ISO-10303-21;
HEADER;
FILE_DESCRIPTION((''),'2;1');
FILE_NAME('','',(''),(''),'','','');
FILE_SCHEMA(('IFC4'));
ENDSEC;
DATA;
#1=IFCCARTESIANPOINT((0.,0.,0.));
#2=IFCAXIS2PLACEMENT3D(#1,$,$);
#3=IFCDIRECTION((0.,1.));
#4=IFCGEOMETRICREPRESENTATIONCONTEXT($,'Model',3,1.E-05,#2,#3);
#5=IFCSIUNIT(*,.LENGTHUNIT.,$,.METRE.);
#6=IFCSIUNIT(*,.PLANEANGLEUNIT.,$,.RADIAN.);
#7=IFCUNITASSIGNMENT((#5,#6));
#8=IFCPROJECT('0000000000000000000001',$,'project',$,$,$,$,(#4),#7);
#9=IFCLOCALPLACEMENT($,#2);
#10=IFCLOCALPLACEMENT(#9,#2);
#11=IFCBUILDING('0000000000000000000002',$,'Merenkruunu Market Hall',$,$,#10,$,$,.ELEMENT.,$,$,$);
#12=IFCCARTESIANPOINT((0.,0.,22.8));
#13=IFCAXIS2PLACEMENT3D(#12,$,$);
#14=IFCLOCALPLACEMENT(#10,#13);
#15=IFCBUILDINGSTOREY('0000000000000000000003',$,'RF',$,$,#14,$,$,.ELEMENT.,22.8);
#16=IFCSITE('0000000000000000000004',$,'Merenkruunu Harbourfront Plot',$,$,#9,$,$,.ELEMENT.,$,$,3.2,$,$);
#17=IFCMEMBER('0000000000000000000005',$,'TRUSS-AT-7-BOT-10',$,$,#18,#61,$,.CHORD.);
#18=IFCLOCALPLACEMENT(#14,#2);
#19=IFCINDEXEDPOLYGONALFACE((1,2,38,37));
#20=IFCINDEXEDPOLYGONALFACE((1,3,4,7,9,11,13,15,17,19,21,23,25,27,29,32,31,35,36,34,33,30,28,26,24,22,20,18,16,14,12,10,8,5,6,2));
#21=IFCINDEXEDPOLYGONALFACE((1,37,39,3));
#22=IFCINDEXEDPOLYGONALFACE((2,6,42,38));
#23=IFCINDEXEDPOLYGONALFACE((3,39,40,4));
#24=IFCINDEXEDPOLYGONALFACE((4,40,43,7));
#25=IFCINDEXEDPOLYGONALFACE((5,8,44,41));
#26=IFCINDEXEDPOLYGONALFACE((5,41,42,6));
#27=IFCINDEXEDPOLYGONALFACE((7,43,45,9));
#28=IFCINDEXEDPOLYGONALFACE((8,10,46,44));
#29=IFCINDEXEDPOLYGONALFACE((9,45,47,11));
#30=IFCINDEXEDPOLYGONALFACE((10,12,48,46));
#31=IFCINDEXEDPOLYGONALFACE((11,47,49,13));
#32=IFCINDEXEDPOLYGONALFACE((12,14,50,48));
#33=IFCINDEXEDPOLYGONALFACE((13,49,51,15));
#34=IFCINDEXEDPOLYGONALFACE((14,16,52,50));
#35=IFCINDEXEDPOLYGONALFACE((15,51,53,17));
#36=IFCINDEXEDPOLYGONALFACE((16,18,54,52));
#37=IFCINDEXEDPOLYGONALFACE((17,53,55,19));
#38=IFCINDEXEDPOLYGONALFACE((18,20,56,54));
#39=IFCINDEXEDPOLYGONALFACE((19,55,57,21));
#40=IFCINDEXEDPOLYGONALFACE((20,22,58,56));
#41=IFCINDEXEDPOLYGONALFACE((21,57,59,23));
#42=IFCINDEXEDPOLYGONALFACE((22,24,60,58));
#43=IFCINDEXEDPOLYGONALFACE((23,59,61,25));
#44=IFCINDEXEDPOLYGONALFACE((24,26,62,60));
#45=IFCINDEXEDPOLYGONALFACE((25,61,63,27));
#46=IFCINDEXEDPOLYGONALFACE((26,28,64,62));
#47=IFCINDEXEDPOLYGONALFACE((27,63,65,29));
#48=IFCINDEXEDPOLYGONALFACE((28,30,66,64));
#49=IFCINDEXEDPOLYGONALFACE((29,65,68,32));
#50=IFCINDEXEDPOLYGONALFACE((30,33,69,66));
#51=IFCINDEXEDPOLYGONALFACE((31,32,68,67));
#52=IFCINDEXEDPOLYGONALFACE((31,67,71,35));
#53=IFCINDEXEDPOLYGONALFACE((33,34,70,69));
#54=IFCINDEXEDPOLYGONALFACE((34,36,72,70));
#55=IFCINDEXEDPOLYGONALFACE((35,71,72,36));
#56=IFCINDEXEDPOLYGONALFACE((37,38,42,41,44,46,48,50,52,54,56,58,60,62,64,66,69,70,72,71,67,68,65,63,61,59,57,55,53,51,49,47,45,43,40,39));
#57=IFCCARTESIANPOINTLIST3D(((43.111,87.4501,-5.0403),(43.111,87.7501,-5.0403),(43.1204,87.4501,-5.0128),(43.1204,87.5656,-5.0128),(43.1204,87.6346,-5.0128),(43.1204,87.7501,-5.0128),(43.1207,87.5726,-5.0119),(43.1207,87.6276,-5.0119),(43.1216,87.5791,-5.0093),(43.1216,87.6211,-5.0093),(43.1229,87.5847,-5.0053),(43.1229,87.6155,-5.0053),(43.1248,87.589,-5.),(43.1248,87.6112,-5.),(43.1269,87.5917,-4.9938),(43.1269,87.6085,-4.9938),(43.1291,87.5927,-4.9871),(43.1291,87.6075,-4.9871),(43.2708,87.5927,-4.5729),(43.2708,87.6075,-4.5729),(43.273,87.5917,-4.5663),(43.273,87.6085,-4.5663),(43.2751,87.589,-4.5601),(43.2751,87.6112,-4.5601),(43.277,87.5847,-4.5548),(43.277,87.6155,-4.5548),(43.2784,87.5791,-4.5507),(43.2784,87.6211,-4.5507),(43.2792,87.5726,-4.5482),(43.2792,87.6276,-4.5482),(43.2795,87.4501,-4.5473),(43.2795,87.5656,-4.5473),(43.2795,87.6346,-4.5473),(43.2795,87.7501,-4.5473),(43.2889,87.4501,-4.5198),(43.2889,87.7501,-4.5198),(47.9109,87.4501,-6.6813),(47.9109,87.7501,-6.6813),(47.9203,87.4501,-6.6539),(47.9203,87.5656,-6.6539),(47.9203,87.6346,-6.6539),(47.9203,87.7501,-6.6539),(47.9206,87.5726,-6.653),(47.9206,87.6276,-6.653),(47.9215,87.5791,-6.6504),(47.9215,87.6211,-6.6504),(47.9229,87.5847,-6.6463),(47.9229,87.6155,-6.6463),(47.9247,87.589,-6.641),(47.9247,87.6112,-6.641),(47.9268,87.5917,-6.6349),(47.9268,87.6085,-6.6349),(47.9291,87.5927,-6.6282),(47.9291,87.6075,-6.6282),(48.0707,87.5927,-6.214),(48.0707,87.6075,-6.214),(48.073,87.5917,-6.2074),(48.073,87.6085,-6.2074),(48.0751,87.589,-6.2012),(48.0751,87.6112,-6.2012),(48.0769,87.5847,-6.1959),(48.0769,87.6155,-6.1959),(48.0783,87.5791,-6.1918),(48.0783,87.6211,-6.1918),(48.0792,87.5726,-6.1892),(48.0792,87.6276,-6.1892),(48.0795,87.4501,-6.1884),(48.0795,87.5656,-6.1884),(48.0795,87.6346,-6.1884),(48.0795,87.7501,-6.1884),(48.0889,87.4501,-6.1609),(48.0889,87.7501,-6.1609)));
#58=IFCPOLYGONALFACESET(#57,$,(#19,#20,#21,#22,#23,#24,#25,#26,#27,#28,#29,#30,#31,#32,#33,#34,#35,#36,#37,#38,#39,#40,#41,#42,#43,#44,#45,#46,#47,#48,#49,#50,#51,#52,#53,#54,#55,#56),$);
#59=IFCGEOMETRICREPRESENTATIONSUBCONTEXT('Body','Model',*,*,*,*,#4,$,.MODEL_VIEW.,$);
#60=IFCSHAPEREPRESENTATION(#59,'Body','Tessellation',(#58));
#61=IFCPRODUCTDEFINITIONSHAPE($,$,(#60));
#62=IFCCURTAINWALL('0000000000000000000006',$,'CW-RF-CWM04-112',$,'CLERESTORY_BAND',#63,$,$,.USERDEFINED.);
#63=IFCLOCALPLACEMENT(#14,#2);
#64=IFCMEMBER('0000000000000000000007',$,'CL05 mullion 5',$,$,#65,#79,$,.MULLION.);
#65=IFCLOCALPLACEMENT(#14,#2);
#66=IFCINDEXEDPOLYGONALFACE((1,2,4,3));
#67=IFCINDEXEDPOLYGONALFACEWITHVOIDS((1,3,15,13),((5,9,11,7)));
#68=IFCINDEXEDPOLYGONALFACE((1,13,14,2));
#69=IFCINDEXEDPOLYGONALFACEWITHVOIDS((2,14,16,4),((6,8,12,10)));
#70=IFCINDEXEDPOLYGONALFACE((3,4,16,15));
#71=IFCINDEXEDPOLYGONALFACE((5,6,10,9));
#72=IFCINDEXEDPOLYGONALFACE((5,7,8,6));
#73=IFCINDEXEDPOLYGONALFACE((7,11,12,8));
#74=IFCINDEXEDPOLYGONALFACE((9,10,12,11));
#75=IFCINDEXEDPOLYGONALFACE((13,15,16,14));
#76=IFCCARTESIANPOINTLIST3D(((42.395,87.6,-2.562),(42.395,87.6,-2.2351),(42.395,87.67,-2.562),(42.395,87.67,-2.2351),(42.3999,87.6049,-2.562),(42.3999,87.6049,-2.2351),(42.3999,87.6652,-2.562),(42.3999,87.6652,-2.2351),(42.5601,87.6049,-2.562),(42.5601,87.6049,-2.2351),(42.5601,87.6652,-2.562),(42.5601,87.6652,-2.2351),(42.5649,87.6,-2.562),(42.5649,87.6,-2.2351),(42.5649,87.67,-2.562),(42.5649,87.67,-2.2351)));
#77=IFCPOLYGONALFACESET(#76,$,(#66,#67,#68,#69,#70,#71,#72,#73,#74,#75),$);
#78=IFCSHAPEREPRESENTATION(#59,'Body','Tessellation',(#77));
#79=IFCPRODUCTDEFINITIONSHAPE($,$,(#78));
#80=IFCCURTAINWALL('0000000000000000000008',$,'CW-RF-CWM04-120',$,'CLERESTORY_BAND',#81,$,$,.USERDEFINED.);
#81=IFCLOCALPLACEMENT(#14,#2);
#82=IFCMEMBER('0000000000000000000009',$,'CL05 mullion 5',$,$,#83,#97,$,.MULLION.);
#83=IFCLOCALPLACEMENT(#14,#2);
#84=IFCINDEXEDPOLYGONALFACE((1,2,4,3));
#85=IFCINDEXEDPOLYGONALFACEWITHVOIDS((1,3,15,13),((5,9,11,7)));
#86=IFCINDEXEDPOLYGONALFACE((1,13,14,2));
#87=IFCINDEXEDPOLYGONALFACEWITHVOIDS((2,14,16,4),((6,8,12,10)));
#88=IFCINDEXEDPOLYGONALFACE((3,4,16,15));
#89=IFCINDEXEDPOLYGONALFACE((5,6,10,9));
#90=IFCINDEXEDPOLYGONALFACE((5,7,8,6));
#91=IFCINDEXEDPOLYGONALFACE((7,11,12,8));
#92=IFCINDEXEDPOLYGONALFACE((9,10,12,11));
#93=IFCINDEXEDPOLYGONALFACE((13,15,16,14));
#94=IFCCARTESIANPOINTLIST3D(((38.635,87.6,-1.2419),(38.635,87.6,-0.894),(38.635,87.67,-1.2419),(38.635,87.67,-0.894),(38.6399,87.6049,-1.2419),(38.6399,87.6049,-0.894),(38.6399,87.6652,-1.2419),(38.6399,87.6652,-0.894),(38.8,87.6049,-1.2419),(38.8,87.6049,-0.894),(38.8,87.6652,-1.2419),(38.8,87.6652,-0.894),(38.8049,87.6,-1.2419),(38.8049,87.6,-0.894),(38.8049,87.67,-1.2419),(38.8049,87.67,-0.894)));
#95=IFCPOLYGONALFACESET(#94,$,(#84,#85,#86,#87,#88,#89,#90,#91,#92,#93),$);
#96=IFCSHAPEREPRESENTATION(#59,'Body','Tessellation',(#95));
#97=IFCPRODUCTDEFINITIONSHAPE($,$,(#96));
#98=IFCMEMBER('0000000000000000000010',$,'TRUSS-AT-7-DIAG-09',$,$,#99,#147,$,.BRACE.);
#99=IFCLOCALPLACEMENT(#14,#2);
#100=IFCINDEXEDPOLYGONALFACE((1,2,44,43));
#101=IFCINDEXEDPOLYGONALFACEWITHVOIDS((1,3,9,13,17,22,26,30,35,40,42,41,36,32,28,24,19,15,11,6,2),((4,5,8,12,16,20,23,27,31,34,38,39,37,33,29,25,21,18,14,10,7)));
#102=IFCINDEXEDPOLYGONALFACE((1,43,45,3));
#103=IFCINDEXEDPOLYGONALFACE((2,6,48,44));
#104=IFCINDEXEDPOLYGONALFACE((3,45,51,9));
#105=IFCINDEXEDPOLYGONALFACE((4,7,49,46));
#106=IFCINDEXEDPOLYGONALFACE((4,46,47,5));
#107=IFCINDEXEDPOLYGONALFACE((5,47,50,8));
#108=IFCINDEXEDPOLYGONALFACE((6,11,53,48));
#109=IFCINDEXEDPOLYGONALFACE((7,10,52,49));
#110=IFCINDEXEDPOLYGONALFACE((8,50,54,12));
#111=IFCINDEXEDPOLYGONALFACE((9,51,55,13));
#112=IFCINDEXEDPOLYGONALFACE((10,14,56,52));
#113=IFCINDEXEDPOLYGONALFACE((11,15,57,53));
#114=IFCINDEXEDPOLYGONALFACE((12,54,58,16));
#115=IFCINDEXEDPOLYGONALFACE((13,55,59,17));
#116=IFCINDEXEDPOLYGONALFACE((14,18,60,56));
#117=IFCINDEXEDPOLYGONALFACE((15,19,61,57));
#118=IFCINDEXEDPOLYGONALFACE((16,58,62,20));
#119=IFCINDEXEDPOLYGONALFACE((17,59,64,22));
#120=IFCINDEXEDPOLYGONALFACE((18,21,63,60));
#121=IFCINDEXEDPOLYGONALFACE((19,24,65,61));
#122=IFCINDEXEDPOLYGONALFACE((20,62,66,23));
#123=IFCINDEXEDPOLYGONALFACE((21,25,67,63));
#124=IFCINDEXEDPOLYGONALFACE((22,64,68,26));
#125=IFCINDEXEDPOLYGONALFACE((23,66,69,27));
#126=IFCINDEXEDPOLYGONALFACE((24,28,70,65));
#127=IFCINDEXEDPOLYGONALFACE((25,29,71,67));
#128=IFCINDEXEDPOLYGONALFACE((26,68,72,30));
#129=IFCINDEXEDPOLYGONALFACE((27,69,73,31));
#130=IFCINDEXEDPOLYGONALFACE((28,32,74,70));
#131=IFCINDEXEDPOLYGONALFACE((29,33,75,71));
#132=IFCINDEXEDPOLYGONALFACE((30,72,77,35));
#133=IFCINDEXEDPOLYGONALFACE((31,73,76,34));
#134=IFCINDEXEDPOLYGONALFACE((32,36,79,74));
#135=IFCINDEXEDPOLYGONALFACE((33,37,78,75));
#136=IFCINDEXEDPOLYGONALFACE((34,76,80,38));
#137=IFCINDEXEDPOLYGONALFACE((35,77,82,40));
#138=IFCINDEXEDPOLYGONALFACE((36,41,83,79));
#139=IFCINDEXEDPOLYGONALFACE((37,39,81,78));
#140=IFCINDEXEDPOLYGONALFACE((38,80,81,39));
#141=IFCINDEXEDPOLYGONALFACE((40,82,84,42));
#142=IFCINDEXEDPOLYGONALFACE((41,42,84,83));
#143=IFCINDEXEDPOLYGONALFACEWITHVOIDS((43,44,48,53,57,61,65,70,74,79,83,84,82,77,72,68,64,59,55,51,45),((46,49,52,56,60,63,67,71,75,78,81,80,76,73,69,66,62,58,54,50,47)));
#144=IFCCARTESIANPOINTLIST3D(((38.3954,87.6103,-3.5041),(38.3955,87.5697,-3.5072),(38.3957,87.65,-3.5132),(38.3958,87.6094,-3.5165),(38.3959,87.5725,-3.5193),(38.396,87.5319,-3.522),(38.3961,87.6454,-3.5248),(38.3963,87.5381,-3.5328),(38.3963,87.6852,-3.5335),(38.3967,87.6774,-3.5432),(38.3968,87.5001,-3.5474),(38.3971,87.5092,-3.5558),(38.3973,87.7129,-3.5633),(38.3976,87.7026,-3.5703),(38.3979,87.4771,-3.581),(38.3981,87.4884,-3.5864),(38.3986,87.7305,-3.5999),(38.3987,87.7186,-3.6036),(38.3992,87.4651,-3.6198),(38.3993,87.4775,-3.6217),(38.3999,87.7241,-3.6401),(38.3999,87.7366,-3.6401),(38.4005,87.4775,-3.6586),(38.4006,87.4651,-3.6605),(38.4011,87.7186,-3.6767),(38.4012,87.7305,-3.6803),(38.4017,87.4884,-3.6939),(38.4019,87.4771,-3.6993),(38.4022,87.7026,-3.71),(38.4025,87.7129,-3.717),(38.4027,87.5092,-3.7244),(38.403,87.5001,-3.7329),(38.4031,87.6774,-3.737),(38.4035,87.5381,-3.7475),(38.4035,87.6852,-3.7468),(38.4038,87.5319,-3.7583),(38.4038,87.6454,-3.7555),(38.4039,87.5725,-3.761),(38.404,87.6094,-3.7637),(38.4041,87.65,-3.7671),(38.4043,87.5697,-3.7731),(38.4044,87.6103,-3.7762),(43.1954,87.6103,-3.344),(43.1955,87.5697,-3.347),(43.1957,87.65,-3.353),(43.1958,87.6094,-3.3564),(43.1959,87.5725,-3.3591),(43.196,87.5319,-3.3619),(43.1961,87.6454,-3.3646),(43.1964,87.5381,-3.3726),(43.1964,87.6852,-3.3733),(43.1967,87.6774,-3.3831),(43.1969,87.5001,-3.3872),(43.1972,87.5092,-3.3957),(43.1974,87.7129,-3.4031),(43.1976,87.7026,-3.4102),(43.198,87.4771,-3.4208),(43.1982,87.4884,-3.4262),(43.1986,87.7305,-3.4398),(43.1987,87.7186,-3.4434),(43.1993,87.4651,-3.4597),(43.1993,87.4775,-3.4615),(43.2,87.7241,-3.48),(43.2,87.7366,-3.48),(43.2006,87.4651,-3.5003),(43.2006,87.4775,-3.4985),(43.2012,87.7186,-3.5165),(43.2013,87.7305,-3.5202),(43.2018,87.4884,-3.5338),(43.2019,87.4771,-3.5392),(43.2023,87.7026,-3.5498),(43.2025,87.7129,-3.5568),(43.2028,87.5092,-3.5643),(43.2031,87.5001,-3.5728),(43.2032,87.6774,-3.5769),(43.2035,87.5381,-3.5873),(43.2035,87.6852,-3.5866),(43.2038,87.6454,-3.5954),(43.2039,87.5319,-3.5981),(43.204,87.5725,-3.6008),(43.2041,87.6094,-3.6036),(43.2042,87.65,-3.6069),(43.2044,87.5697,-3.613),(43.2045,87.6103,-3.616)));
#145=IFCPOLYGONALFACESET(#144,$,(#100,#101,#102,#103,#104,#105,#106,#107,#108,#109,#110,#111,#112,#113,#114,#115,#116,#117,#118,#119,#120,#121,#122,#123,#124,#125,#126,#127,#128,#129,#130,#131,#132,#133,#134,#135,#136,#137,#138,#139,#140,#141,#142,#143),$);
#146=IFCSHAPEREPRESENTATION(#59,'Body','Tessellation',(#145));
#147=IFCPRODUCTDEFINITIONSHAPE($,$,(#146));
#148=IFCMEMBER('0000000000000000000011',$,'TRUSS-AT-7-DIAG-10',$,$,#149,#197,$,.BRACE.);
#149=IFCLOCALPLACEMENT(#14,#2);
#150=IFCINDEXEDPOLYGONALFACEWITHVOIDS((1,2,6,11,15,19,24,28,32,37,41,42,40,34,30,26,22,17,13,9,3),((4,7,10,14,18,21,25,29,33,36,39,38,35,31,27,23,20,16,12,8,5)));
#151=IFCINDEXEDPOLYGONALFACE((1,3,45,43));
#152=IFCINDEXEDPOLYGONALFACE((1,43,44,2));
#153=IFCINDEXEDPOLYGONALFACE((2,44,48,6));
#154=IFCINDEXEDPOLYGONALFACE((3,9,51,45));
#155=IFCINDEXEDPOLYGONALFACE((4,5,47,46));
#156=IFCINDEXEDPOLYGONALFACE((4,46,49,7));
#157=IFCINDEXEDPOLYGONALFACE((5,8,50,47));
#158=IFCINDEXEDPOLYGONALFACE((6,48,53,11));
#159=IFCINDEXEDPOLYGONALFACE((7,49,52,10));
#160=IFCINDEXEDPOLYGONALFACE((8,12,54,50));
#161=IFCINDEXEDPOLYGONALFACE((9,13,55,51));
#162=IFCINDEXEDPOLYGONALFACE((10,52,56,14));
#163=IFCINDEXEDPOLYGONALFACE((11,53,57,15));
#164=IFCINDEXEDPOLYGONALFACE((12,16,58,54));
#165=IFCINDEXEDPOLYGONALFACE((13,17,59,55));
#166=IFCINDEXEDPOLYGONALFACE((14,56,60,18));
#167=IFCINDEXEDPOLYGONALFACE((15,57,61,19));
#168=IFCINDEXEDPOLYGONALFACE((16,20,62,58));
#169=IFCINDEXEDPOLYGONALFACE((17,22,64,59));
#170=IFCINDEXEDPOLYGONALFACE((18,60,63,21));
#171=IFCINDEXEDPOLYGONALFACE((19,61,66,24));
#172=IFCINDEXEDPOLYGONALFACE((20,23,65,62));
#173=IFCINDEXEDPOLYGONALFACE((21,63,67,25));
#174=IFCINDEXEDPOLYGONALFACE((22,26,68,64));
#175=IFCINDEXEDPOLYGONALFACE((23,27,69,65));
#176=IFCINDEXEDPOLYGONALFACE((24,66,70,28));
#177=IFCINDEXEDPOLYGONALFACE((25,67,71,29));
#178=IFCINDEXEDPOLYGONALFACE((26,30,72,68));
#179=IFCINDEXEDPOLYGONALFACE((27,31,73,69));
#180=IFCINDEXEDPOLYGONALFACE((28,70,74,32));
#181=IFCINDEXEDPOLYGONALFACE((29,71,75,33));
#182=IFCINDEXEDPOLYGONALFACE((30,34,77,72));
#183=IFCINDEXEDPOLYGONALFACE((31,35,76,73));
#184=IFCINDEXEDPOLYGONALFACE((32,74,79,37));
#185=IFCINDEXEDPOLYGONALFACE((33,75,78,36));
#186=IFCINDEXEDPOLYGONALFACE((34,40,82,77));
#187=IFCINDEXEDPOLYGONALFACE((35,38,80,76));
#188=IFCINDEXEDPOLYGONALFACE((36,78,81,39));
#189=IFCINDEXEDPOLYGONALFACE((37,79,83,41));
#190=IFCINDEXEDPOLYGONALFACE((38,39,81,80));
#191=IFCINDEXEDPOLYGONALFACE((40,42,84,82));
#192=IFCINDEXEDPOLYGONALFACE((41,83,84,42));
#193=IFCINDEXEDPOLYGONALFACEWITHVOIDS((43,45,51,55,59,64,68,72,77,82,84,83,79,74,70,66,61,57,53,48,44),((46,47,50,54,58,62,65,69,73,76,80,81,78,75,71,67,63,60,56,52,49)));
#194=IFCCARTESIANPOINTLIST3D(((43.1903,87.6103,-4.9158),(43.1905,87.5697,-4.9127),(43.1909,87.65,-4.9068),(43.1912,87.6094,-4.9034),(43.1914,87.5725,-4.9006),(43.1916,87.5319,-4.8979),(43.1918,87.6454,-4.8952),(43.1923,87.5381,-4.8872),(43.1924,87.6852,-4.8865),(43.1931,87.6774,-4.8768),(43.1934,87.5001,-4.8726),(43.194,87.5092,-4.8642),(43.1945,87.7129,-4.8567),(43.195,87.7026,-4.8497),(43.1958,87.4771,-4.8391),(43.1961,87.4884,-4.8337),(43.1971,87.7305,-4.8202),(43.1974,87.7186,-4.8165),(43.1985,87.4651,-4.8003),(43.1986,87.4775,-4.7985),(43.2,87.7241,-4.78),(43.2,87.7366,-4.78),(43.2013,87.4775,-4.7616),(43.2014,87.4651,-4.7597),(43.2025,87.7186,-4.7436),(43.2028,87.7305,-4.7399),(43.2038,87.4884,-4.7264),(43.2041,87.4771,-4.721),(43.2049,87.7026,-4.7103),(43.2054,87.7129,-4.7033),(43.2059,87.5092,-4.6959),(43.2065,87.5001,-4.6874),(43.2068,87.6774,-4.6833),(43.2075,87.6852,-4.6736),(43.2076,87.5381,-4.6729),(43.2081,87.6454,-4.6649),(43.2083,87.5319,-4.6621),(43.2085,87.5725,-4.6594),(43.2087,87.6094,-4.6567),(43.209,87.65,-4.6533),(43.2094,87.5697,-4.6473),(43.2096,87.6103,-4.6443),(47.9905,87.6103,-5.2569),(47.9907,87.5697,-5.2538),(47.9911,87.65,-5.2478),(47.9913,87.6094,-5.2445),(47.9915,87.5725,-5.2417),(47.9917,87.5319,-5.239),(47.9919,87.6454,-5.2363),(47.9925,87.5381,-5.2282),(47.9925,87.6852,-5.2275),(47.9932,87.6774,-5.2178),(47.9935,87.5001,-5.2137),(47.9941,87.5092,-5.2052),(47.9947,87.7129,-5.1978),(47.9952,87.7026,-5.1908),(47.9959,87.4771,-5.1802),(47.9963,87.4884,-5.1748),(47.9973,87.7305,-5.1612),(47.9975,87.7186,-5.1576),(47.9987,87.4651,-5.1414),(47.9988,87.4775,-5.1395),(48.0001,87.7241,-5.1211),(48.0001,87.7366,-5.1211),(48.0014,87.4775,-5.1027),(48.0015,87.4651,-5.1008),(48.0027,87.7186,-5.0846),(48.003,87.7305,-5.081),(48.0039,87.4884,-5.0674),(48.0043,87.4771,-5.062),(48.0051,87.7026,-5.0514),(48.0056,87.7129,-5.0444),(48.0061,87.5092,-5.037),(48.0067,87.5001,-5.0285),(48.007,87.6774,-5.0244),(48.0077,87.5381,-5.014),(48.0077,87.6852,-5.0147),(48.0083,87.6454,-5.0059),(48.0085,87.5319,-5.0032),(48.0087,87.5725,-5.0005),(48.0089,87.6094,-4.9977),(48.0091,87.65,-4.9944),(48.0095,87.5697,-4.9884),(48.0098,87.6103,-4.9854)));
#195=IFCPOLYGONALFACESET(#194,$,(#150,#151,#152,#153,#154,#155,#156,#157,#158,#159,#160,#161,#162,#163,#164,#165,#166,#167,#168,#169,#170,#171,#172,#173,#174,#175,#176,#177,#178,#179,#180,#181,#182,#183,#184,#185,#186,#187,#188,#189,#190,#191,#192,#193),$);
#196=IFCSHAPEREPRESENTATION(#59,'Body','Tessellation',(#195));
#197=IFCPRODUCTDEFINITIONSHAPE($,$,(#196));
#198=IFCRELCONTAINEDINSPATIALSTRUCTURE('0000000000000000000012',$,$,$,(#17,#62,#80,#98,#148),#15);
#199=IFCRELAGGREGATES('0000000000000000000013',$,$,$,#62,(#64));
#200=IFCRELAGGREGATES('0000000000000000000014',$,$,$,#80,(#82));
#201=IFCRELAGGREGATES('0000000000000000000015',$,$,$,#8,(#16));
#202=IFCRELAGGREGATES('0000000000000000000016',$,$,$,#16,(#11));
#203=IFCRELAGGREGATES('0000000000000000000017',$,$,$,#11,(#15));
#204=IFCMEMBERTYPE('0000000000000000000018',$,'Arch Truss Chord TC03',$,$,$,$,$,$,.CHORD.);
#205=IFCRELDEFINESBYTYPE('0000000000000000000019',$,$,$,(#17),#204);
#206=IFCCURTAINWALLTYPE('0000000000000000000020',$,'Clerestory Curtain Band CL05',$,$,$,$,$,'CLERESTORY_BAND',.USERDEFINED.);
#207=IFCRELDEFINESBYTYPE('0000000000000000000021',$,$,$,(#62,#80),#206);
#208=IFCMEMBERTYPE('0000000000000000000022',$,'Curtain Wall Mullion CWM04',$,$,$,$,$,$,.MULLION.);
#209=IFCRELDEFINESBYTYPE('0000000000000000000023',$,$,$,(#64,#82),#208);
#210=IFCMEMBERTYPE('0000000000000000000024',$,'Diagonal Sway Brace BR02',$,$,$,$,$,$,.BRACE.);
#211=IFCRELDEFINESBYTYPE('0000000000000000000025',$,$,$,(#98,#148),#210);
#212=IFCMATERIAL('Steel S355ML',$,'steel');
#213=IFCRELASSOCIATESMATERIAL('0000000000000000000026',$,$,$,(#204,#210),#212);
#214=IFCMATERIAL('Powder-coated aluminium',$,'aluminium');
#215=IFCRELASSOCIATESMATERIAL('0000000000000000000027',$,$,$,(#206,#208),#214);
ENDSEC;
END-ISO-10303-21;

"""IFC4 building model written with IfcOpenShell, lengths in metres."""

from ifc_helpers import new_model, si_unit, direction, frame, origin, origin_2d, place, context, subcontext, project, spatial, hollow_rectangle, hollow_circle, i_section, extrude, material, material_profile, profile_set, type_object, element, aggregate, save


model = new_model("IFC4")

# Units and contexts
model_context = context("Model", 3, precision=1e-05, world=origin(), true_north=direction((0.0, 1.0)))
body_context = subcontext(model_context, "Body", "Model", "MODEL_VIEW")
ifc_project = project(units=[si_unit("LENGTHUNIT", "METRE"), si_unit("PLANEANGLEUNIT", "RADIAN")], contexts=[model_context])

# Site, building, storey
site_placement = place(None, origin())
site = spatial("IfcSite", under=ifc_project, at=site_placement, Name="Merenkruunu Harbourfront Plot", CompositionType="ELEMENT", RefElevation=3.2)
building_placement = place(site_placement, origin())
building = spatial("IfcBuilding", under=site, at=building_placement, Name="Merenkruunu Market Hall", CompositionType="ELEMENT")
storey_placement = place(building_placement, frame((0.0, 0.0, 22.8)))
storey = spatial("IfcBuildingStorey", under=building, at=storey_placement, Name="RF", CompositionType="ELEMENT", Elevation=22.8)

# Member
ifc_material_1 = material(Name="Steel S355ML", Category="steel")
ifc_material_profile_1 = material_profile(ifc_material_1, i_section(OverallWidth=0.3, OverallDepth=0.55, WebThickness=0.0149, FlangeThickness=0.0291, FilletRadius=0.0271, at=origin_2d()), Name="HEB 550")
ifc_profile_set_1 = profile_set([ifc_material_profile_1], Name="Steel S355ML")
member_type_1 = type_object("IfcMemberType", Name="Arch Truss Chord TC03", PredefinedType="CHORD", material=ifc_profile_set_1)
member_1_placement = place(storey_placement, frame((43.2, 87.6001, -4.78), z_axis=(0.946225, 0.0, -0.32351), x_axis=(0.0, 1.0, 0.0)))
element("IfcMember", 1, at=member_1_placement, inside=storey, type_object=member_type_1, Name="TRUSS-AT-7-BOT-10", PredefinedType="CHORD", context=body_context, shape_type="SweptSolid", body=[
    extrude(i_section(OverallWidth=0.3, OverallDepth=0.55, WebThickness=0.0149, FlangeThickness=0.0291, FilletRadius=0.0271, at=origin_2d()), origin(), (0.0, 0.0, 1.0), 5.0728),
])

# Curtain walls, members
ifc_material_2 = material(Name="Powder-coated aluminium", Category="aluminium")
curtain_wall_type = type_object("IfcCurtainWallType", Name="Clerestory Curtain Band CL05", ElementType="CLERESTORY_BAND", PredefinedType="USERDEFINED", material=ifc_material_2)
curtain_wall_1_placement = place(storey_placement, origin())
curtain_wall_1 = element("IfcCurtainWall", 2, at=curtain_wall_1_placement, inside=storey, type_object=curtain_wall_type, Name="CW-RF-CWM04-112", ObjectType="CLERESTORY_BAND", PredefinedType="USERDEFINED")
ifc_material_profile_2 = material_profile(ifc_material_2, hollow_rectangle(XDim=0.0701, YDim=0.1699, WallThickness=0.0049, at=origin_2d()), Name="ALU 70x170x5")
ifc_profile_set_2 = profile_set([ifc_material_profile_2], Name="Powder-coated aluminium")
member_type_2 = type_object("IfcMemberType", Name="Curtain Wall Mullion CWM04", PredefinedType="MULLION", material=ifc_profile_set_2)
member_2_placement = place(storey_placement, frame((42.48, 87.635, -2.562), z_axis=(0.0, 0.0, 1.0), x_axis=(0.0, -1.0, 0.0)))
member_2 = element("IfcMember", 3, at=member_2_placement, type_object=member_type_2, Name="CL05 mullion 5", PredefinedType="MULLION", context=body_context, shape_type="SweptSolid", body=[
    extrude(hollow_rectangle(XDim=0.0701, YDim=0.1699, WallThickness=0.0049, at=origin_2d()), origin(), (0.0, 0.0, 1.0), 0.3269),
])
curtain_wall_2_placement = place(storey_placement, origin())
curtain_wall_2 = element("IfcCurtainWall", 4, at=curtain_wall_2_placement, inside=storey, type_object=curtain_wall_type, Name="CW-RF-CWM04-120", ObjectType="CLERESTORY_BAND", PredefinedType="USERDEFINED")
member_3_placement = place(storey_placement, frame((38.72, 87.635, -1.2419), z_axis=(0.0, 0.0, 1.0), x_axis=(0.0, -1.0, 0.0)))
member_3 = element("IfcMember", 5, at=member_3_placement, type_object=member_type_2, Name="CL05 mullion 5", PredefinedType="MULLION", context=body_context, shape_type="SweptSolid", body=[
    extrude(hollow_rectangle(XDim=0.0701, YDim=0.1699, WallThickness=0.0049, at=origin_2d()), origin(), (0.0, 0.0, 1.0), 0.3479),
])

# Members
ifc_material_profile_3 = material_profile(ifc_material_1, hollow_circle(Radius=0.1365, WallThickness=0.0125, at=origin_2d()), Name="CHS 273x12.5")
ifc_profile_set_3 = profile_set([ifc_material_profile_3], Name="Steel S355ML")
member_type_3 = type_object("IfcMemberType", Name="Diagonal Sway Brace BR02", PredefinedType="BRACE", material=ifc_profile_set_3)
member_4_placement = place(storey_placement, frame((38.3999, 87.6001, -3.6401), z_axis=(0.999444, 0.0, 0.033347), x_axis=(0.0, 1.0, 0.0)))
element("IfcMember", 6, at=member_4_placement, inside=storey, type_object=member_type_3, Name="TRUSS-AT-7-DIAG-09", PredefinedType="BRACE", context=body_context, shape_type="SweptSolid", body=[
    extrude(hollow_circle(Radius=0.1365, WallThickness=0.0125, at=origin_2d()), origin(), (0.0, 0.0, 1.0), 4.8027),
])
member_5_placement = place(storey_placement, frame((43.2, 87.6001, -4.78), z_axis=(0.997485, 0.0, -0.070876), x_axis=(0.0, 1.0, 0.0)))
element("IfcMember", 7, at=member_5_placement, inside=storey, type_object=member_type_3, Name="TRUSS-AT-7-DIAG-10", PredefinedType="BRACE", context=body_context, shape_type="SweptSolid", body=[
    extrude(hollow_circle(Radius=0.1365, WallThickness=0.0125, at=origin_2d()), origin(), (0.0, 0.0, 1.0), 4.8123),
])

aggregate(curtain_wall_1, [member_2])
aggregate(curtain_wall_2, [member_3])

save(model, "model.ifc")
